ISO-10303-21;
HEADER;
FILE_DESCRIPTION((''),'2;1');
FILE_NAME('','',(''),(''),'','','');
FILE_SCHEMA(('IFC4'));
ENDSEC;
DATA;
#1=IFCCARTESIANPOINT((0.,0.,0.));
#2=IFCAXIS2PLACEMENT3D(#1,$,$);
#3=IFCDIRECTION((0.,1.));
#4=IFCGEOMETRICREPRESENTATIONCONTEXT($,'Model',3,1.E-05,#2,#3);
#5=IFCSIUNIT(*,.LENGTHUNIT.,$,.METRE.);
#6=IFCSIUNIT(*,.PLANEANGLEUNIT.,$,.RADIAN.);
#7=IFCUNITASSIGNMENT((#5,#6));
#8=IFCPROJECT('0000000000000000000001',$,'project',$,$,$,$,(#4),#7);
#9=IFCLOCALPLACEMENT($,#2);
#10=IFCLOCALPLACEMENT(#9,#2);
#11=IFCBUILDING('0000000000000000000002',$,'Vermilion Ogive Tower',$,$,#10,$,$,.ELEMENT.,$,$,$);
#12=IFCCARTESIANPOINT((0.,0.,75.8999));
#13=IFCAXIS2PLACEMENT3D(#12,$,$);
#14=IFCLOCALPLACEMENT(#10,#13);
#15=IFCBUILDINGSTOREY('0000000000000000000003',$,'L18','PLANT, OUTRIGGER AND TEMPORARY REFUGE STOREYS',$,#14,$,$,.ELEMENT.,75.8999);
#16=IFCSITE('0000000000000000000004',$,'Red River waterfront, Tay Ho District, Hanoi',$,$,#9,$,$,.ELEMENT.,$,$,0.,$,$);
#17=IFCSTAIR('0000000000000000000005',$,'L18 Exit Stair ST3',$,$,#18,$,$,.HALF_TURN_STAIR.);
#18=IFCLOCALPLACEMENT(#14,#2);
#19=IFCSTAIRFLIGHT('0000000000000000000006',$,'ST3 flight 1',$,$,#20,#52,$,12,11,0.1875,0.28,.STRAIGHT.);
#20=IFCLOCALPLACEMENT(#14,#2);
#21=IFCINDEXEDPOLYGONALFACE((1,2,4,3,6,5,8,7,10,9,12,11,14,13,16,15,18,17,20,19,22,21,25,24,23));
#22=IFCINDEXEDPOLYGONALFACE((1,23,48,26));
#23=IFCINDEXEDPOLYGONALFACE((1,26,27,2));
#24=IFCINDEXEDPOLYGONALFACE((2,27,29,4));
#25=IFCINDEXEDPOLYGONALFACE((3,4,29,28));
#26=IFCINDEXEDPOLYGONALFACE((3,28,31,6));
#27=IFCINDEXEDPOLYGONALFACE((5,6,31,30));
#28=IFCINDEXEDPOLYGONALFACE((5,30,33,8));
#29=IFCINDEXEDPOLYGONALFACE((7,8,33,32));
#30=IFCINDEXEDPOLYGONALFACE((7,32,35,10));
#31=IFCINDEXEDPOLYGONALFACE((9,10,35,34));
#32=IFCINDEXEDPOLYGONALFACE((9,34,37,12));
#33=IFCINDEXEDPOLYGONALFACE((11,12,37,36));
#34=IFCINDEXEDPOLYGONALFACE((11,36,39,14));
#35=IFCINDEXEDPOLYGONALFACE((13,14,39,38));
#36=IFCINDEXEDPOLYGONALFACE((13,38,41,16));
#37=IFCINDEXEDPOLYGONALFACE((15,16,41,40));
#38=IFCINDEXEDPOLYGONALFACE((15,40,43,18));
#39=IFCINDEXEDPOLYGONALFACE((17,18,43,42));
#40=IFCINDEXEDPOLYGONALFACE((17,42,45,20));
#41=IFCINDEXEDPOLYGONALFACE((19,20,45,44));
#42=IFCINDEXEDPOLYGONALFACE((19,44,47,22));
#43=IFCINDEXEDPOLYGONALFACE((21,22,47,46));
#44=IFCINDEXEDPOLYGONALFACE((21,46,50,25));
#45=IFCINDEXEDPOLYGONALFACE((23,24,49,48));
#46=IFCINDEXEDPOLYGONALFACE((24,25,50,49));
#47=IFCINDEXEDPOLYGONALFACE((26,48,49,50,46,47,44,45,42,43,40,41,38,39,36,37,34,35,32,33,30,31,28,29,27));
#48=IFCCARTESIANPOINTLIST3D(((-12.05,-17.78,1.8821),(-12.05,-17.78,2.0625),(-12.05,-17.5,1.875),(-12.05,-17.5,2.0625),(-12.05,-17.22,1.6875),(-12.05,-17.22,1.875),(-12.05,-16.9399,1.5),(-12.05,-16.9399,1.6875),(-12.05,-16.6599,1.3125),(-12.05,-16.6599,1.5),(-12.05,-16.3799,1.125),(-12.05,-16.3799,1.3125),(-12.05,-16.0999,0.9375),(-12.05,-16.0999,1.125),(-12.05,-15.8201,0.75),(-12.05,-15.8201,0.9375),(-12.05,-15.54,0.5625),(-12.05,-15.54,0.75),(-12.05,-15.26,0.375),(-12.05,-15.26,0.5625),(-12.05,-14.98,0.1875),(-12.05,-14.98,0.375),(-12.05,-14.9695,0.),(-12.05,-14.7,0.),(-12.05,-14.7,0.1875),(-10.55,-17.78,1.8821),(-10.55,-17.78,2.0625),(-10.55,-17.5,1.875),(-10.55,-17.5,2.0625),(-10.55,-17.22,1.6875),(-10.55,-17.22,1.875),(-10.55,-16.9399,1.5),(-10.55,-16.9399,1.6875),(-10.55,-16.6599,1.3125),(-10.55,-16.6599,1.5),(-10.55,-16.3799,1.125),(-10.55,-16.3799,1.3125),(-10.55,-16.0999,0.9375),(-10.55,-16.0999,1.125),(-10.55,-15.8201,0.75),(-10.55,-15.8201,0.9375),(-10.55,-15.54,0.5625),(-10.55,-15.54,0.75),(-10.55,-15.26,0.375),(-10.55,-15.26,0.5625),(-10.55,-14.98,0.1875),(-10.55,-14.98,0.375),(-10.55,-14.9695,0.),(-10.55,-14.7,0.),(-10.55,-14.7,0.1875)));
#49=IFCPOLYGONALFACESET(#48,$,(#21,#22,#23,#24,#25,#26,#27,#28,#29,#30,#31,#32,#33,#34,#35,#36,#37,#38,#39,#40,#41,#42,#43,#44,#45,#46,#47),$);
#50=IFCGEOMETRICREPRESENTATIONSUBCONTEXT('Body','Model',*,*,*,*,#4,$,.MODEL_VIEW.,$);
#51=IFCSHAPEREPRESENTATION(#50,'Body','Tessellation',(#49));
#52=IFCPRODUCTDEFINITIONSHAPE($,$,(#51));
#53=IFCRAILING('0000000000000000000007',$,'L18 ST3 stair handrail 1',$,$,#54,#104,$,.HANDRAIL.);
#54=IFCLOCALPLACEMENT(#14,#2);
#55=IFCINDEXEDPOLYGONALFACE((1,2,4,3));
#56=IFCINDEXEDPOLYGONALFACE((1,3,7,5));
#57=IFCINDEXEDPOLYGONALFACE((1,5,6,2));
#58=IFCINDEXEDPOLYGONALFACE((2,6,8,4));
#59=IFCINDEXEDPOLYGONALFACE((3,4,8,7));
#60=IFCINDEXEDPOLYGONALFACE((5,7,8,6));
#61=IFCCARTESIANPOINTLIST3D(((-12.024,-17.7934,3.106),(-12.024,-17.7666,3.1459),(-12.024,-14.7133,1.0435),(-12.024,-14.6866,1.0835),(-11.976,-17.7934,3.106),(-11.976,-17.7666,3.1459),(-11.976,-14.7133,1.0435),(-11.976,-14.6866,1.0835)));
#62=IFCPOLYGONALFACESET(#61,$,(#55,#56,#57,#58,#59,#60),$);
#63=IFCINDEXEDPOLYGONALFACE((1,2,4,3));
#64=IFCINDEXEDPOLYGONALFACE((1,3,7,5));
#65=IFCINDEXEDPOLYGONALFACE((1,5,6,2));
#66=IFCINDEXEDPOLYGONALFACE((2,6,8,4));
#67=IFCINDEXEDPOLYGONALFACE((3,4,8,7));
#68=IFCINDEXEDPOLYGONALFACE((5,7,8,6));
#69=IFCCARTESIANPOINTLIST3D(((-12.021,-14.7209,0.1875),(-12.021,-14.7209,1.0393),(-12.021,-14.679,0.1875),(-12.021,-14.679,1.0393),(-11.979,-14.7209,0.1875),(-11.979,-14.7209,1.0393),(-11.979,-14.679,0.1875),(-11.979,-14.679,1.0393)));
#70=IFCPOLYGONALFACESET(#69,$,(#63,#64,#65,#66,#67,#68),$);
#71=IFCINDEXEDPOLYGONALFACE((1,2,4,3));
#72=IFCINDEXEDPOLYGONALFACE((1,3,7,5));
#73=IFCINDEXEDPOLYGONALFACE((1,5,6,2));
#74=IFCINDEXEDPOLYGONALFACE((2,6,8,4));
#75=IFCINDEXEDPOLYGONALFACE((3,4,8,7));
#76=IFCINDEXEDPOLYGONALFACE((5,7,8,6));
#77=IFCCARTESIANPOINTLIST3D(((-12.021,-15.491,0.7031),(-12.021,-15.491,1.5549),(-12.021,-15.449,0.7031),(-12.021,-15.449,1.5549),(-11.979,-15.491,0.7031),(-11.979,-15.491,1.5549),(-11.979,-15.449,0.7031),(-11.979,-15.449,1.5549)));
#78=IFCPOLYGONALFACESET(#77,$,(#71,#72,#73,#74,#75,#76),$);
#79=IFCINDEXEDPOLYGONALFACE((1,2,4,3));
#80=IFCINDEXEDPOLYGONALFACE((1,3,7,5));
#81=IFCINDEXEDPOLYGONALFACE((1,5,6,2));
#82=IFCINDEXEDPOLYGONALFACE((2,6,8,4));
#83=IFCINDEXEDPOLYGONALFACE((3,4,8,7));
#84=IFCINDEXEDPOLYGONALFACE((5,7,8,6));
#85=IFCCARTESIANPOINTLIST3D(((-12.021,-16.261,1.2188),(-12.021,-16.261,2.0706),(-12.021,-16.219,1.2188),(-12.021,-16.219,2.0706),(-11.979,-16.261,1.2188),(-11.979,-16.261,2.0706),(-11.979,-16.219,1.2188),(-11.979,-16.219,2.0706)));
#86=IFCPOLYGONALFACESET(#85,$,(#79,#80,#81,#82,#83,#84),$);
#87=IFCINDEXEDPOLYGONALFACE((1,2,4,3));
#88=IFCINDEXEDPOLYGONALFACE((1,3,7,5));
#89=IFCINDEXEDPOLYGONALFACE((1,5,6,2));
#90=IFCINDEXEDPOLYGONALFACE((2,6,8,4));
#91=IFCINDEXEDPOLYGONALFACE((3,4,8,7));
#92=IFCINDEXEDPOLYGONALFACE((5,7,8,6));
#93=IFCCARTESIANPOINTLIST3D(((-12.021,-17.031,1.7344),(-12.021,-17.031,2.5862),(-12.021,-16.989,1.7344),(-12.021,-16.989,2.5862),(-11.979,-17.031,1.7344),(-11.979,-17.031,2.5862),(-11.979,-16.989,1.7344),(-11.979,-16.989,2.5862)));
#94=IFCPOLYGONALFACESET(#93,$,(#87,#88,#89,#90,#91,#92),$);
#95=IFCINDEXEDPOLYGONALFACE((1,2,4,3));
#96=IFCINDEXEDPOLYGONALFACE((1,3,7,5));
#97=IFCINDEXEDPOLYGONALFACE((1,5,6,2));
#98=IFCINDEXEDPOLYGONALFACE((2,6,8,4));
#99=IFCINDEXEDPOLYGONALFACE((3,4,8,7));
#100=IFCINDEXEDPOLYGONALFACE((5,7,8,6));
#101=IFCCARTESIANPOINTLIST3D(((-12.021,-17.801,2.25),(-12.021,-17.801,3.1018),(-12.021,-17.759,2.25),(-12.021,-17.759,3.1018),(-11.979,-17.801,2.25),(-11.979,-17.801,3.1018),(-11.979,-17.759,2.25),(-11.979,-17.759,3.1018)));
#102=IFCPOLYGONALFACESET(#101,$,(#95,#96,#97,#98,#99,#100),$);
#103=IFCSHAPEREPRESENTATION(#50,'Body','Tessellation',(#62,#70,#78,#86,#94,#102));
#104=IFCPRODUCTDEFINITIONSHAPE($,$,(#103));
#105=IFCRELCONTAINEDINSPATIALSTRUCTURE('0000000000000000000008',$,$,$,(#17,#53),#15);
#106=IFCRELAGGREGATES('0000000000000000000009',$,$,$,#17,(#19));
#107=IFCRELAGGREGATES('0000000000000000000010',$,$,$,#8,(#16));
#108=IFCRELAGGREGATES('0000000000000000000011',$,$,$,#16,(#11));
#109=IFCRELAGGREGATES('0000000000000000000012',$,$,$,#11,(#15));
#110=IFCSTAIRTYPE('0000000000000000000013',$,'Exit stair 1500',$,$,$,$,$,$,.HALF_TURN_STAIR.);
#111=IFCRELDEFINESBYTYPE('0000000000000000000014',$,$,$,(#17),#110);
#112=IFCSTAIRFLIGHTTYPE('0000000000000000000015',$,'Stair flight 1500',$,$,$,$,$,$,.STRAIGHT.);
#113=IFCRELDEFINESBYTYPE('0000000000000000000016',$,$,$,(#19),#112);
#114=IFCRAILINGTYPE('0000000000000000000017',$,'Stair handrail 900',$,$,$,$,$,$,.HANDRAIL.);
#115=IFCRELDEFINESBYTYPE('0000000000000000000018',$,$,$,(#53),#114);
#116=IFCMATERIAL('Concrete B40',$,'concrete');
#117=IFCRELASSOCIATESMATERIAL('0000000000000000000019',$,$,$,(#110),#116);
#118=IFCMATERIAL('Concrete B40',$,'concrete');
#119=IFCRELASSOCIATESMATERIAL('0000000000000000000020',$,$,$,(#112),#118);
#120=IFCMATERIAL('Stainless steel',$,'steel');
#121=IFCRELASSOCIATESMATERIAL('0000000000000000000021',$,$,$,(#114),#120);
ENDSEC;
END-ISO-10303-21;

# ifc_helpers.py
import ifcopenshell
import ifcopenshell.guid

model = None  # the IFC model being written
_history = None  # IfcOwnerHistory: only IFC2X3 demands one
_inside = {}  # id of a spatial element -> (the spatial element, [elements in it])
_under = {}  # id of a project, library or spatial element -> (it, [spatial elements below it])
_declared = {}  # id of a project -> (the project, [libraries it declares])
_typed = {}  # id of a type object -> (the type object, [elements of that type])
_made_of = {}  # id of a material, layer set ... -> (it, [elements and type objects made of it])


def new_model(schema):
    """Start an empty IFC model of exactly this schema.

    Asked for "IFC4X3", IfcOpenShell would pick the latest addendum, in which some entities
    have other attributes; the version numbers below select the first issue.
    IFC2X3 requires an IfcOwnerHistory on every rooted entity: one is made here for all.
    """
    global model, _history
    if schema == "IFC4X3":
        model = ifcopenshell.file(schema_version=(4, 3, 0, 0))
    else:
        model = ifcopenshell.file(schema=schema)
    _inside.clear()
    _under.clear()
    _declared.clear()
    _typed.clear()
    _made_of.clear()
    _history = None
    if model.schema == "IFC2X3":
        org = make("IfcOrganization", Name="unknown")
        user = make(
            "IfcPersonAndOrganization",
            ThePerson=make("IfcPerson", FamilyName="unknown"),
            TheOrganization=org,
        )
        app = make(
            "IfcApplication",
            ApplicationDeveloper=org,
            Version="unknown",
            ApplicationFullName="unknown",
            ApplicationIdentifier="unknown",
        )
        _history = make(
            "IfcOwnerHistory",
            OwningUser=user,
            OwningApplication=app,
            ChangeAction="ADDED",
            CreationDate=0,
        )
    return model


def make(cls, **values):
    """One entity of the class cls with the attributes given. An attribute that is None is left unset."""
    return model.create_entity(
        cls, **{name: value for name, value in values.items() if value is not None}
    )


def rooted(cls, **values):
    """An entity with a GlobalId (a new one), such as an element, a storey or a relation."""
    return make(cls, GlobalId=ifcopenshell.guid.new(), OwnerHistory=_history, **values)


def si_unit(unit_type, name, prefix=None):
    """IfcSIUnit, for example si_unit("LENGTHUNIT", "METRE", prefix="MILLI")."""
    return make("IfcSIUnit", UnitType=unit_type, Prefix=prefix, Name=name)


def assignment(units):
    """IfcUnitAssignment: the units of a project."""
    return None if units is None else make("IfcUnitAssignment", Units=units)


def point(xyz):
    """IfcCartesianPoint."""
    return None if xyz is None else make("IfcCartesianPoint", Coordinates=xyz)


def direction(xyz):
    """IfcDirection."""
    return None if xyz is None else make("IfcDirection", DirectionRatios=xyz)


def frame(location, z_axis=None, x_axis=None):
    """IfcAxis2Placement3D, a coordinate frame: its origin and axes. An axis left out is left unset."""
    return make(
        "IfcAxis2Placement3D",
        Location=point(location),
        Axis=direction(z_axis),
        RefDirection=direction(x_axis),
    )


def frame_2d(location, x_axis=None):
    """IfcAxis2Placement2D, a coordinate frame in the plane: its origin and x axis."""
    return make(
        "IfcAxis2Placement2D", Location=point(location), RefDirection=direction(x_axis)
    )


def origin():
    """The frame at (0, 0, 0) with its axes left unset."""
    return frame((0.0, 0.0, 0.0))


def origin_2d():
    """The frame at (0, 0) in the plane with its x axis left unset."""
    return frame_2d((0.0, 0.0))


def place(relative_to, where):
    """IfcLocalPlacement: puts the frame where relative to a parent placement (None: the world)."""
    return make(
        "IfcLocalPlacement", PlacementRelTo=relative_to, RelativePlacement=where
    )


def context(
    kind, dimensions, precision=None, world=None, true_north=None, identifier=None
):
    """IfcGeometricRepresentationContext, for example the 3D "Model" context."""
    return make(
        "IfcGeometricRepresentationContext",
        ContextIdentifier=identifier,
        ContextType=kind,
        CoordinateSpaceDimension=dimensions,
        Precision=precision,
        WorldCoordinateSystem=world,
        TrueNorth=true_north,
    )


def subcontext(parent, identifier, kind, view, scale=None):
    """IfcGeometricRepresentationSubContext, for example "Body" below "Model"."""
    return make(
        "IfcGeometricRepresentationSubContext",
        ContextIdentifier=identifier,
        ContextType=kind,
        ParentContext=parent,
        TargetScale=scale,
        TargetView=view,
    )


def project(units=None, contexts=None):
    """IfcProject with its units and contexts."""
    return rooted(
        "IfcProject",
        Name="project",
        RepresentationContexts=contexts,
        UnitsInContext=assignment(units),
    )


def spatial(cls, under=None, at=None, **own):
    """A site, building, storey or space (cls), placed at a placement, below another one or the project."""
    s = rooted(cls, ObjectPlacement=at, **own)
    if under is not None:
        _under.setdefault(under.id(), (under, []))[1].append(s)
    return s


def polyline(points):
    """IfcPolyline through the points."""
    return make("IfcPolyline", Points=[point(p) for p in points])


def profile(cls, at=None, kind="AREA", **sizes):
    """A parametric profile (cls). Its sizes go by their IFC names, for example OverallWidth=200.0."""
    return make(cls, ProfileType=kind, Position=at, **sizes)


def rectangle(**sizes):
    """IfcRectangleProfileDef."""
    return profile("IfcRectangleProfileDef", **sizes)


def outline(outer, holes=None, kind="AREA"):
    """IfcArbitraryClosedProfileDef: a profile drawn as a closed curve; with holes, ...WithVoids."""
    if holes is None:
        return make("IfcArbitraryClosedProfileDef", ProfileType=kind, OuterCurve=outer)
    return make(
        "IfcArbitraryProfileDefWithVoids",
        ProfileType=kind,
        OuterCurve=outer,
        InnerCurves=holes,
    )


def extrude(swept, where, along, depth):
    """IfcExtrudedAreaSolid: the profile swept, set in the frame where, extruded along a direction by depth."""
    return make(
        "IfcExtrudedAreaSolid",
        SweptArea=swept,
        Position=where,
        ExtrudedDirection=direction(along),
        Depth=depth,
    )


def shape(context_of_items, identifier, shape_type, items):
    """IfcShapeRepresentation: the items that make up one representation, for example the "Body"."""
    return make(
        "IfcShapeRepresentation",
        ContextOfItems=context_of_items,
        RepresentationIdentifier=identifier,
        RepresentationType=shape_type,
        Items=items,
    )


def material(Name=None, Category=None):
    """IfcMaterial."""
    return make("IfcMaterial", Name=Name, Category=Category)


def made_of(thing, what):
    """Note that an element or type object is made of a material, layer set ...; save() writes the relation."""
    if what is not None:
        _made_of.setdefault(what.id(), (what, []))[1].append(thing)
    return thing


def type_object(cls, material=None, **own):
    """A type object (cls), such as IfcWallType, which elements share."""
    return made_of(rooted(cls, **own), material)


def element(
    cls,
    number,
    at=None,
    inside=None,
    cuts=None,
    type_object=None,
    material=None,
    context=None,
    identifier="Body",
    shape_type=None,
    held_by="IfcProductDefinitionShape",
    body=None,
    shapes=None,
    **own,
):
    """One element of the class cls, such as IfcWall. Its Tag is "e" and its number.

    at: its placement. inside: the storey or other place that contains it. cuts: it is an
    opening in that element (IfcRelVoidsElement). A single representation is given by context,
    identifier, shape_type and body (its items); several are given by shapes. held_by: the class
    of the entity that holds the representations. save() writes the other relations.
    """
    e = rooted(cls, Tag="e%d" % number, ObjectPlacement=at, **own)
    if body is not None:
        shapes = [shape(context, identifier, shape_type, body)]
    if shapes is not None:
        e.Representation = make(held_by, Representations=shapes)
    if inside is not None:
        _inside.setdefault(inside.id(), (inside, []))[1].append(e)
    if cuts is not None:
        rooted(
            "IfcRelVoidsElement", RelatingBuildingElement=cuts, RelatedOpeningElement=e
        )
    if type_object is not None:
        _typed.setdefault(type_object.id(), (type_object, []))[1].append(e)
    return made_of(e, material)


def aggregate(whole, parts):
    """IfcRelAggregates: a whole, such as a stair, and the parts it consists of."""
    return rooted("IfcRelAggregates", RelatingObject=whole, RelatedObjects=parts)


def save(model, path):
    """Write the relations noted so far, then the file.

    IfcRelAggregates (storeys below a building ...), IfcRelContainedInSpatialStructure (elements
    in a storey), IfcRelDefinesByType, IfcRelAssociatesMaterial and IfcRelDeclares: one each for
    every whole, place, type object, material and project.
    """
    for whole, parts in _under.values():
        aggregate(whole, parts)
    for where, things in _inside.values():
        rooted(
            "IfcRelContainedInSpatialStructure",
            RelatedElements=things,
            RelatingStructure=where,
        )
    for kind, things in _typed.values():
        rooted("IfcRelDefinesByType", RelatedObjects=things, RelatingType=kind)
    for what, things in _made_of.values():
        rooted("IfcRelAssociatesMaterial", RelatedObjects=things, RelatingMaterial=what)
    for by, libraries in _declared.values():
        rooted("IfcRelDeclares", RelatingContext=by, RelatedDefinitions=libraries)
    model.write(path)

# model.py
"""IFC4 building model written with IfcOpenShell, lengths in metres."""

from ifc_helpers import new_model, si_unit, direction, frame, origin, origin_2d, place, context, subcontext, project, spatial, polyline, rectangle, outline, extrude, material, type_object, element, aggregate, save


model = new_model("IFC4")

# Units and contexts
model_context = context("Model", 3, precision=1e-05, world=origin(), true_north=direction((0.0, 1.0)))
body_context = subcontext(model_context, "Body", "Model", "MODEL_VIEW")
ifc_project = project(units=[si_unit("LENGTHUNIT", "METRE"), si_unit("PLANEANGLEUNIT", "RADIAN")], contexts=[model_context])

# Site, building, storey
site_placement = place(None, origin())
site = spatial("IfcSite", under=ifc_project, at=site_placement, Name="Red River waterfront, Tay Ho District, Hanoi", CompositionType="ELEMENT", RefElevation=0.0)
building_placement = place(site_placement, origin())
building = spatial("IfcBuilding", under=site, at=building_placement, Name="Vermilion Ogive Tower", CompositionType="ELEMENT")
storey_placement = place(building_placement, frame((0.0, 0.0, 75.8999)))
storey = spatial("IfcBuildingStorey", under=building, at=storey_placement, Name="L18", Description="PLANT, OUTRIGGER AND TEMPORARY REFUGE STOREYS", CompositionType="ELEMENT", Elevation=75.8999)

# Stair, stair flight
ifc_material_1 = material(Name="Concrete B40", Category="concrete")
stair_type = type_object("IfcStairType", Name="Exit stair 1500", PredefinedType="HALF_TURN_STAIR", material=ifc_material_1)
stair_placement = place(storey_placement, origin())
stair = element("IfcStair", 1, at=stair_placement, inside=storey, type_object=stair_type, Name="L18 Exit Stair ST3", PredefinedType="HALF_TURN_STAIR")
ifc_material_2 = material(Name="Concrete B40", Category="concrete")
stair_flight_type = type_object("IfcStairFlightType", Name="Stair flight 1500", PredefinedType="STRAIGHT", material=ifc_material_2)
stair_flight_placement = place(storey_placement, frame((-11.3, -14.7, 0.0), z_axis=(0.0, 0.0, 1.0), x_axis=(0.0, -1.0, 0.0)))
stair_flight = element("IfcStairFlight", 2, at=stair_flight_placement, type_object=stair_flight_type, Name="ST3 flight 1", NumberOfRisers=12, NumberOfTreads=11, PredefinedType="STRAIGHT", RiserHeight=0.1875, TreadLength=0.28, context=body_context, shape_type="SweptSolid", body=[
    extrude(outline(polyline([(0.0, 0.0), (0.0, 0.1875), (0.28, 0.1875), (0.28, 0.375), (0.5601, 0.375), (0.5601, 0.5625), (0.8401, 0.5625), (0.8401, 0.75), (1.1201, 0.75), (1.1201, 0.9375), (1.3999, 0.9375), (1.3999, 1.125), (1.6799, 1.125), (1.6799, 1.3125), (1.96, 1.3125), (1.96, 1.5), (2.24, 1.5), (2.24, 1.6875), (2.52, 1.6875), (2.52, 1.875), (2.8, 1.875), (2.8, 2.0625), (3.0801, 2.0625), (3.0801, 2.25), (3.0801, 1.8821), (0.2695, 0.0), (0.0, 0.0)])), frame((0.0, 0.75, 0.0), z_axis=(0.0, -1.0, 0.0), x_axis=(1.0, 0.0, 0.0)), (0.0, 0.0, 1.0), 1.5),
])
aggregate(stair, [stair_flight])

# Railing
ifc_material_3 = material(Name="Stainless steel", Category="steel")
railing_type = type_object("IfcRailingType", Name="Stair handrail 900", PredefinedType="HANDRAIL", material=ifc_material_3)
railing_placement = place(storey_placement, frame((-12.0, -14.7, 0.1875)))
element("IfcRailing", 3, at=railing_placement, inside=storey, type_object=railing_type, Name="L18 ST3 stair handrail 1", PredefinedType="HANDRAIL", context=body_context, shape_type="SweptSolid", body=[
    extrude(rectangle(XDim=0.0481, YDim=0.0481, at=origin_2d()), frame((0.0, 0.0, 0.876), z_axis=(0.0, -0.830914, 0.556401), x_axis=(1.0, 0.0, 0.0)), (0.0, 0.0, 1.0), 3.7068),
    extrude(rectangle(XDim=0.042, YDim=0.042, at=origin_2d()), origin(), (0.0, 0.0, 1.0), 0.8518),
    extrude(rectangle(XDim=0.042, YDim=0.042, at=origin_2d()), frame((0.0, -0.77, 0.5156)), (0.0, 0.0, 1.0), 0.8518),
    extrude(rectangle(XDim=0.042, YDim=0.042, at=origin_2d()), frame((0.0, -1.54, 1.0312)), (0.0, 0.0, 1.0), 0.8518),
    extrude(rectangle(XDim=0.042, YDim=0.042, at=origin_2d()), frame((0.0, -2.3101, 1.5469)), (0.0, 0.0, 1.0), 0.8518),
    extrude(rectangle(XDim=0.042, YDim=0.042, at=origin_2d()), frame((0.0, -3.0801, 2.0625)), (0.0, 0.0, 1.0), 0.8518),
])

save(model, "model.ifc")
